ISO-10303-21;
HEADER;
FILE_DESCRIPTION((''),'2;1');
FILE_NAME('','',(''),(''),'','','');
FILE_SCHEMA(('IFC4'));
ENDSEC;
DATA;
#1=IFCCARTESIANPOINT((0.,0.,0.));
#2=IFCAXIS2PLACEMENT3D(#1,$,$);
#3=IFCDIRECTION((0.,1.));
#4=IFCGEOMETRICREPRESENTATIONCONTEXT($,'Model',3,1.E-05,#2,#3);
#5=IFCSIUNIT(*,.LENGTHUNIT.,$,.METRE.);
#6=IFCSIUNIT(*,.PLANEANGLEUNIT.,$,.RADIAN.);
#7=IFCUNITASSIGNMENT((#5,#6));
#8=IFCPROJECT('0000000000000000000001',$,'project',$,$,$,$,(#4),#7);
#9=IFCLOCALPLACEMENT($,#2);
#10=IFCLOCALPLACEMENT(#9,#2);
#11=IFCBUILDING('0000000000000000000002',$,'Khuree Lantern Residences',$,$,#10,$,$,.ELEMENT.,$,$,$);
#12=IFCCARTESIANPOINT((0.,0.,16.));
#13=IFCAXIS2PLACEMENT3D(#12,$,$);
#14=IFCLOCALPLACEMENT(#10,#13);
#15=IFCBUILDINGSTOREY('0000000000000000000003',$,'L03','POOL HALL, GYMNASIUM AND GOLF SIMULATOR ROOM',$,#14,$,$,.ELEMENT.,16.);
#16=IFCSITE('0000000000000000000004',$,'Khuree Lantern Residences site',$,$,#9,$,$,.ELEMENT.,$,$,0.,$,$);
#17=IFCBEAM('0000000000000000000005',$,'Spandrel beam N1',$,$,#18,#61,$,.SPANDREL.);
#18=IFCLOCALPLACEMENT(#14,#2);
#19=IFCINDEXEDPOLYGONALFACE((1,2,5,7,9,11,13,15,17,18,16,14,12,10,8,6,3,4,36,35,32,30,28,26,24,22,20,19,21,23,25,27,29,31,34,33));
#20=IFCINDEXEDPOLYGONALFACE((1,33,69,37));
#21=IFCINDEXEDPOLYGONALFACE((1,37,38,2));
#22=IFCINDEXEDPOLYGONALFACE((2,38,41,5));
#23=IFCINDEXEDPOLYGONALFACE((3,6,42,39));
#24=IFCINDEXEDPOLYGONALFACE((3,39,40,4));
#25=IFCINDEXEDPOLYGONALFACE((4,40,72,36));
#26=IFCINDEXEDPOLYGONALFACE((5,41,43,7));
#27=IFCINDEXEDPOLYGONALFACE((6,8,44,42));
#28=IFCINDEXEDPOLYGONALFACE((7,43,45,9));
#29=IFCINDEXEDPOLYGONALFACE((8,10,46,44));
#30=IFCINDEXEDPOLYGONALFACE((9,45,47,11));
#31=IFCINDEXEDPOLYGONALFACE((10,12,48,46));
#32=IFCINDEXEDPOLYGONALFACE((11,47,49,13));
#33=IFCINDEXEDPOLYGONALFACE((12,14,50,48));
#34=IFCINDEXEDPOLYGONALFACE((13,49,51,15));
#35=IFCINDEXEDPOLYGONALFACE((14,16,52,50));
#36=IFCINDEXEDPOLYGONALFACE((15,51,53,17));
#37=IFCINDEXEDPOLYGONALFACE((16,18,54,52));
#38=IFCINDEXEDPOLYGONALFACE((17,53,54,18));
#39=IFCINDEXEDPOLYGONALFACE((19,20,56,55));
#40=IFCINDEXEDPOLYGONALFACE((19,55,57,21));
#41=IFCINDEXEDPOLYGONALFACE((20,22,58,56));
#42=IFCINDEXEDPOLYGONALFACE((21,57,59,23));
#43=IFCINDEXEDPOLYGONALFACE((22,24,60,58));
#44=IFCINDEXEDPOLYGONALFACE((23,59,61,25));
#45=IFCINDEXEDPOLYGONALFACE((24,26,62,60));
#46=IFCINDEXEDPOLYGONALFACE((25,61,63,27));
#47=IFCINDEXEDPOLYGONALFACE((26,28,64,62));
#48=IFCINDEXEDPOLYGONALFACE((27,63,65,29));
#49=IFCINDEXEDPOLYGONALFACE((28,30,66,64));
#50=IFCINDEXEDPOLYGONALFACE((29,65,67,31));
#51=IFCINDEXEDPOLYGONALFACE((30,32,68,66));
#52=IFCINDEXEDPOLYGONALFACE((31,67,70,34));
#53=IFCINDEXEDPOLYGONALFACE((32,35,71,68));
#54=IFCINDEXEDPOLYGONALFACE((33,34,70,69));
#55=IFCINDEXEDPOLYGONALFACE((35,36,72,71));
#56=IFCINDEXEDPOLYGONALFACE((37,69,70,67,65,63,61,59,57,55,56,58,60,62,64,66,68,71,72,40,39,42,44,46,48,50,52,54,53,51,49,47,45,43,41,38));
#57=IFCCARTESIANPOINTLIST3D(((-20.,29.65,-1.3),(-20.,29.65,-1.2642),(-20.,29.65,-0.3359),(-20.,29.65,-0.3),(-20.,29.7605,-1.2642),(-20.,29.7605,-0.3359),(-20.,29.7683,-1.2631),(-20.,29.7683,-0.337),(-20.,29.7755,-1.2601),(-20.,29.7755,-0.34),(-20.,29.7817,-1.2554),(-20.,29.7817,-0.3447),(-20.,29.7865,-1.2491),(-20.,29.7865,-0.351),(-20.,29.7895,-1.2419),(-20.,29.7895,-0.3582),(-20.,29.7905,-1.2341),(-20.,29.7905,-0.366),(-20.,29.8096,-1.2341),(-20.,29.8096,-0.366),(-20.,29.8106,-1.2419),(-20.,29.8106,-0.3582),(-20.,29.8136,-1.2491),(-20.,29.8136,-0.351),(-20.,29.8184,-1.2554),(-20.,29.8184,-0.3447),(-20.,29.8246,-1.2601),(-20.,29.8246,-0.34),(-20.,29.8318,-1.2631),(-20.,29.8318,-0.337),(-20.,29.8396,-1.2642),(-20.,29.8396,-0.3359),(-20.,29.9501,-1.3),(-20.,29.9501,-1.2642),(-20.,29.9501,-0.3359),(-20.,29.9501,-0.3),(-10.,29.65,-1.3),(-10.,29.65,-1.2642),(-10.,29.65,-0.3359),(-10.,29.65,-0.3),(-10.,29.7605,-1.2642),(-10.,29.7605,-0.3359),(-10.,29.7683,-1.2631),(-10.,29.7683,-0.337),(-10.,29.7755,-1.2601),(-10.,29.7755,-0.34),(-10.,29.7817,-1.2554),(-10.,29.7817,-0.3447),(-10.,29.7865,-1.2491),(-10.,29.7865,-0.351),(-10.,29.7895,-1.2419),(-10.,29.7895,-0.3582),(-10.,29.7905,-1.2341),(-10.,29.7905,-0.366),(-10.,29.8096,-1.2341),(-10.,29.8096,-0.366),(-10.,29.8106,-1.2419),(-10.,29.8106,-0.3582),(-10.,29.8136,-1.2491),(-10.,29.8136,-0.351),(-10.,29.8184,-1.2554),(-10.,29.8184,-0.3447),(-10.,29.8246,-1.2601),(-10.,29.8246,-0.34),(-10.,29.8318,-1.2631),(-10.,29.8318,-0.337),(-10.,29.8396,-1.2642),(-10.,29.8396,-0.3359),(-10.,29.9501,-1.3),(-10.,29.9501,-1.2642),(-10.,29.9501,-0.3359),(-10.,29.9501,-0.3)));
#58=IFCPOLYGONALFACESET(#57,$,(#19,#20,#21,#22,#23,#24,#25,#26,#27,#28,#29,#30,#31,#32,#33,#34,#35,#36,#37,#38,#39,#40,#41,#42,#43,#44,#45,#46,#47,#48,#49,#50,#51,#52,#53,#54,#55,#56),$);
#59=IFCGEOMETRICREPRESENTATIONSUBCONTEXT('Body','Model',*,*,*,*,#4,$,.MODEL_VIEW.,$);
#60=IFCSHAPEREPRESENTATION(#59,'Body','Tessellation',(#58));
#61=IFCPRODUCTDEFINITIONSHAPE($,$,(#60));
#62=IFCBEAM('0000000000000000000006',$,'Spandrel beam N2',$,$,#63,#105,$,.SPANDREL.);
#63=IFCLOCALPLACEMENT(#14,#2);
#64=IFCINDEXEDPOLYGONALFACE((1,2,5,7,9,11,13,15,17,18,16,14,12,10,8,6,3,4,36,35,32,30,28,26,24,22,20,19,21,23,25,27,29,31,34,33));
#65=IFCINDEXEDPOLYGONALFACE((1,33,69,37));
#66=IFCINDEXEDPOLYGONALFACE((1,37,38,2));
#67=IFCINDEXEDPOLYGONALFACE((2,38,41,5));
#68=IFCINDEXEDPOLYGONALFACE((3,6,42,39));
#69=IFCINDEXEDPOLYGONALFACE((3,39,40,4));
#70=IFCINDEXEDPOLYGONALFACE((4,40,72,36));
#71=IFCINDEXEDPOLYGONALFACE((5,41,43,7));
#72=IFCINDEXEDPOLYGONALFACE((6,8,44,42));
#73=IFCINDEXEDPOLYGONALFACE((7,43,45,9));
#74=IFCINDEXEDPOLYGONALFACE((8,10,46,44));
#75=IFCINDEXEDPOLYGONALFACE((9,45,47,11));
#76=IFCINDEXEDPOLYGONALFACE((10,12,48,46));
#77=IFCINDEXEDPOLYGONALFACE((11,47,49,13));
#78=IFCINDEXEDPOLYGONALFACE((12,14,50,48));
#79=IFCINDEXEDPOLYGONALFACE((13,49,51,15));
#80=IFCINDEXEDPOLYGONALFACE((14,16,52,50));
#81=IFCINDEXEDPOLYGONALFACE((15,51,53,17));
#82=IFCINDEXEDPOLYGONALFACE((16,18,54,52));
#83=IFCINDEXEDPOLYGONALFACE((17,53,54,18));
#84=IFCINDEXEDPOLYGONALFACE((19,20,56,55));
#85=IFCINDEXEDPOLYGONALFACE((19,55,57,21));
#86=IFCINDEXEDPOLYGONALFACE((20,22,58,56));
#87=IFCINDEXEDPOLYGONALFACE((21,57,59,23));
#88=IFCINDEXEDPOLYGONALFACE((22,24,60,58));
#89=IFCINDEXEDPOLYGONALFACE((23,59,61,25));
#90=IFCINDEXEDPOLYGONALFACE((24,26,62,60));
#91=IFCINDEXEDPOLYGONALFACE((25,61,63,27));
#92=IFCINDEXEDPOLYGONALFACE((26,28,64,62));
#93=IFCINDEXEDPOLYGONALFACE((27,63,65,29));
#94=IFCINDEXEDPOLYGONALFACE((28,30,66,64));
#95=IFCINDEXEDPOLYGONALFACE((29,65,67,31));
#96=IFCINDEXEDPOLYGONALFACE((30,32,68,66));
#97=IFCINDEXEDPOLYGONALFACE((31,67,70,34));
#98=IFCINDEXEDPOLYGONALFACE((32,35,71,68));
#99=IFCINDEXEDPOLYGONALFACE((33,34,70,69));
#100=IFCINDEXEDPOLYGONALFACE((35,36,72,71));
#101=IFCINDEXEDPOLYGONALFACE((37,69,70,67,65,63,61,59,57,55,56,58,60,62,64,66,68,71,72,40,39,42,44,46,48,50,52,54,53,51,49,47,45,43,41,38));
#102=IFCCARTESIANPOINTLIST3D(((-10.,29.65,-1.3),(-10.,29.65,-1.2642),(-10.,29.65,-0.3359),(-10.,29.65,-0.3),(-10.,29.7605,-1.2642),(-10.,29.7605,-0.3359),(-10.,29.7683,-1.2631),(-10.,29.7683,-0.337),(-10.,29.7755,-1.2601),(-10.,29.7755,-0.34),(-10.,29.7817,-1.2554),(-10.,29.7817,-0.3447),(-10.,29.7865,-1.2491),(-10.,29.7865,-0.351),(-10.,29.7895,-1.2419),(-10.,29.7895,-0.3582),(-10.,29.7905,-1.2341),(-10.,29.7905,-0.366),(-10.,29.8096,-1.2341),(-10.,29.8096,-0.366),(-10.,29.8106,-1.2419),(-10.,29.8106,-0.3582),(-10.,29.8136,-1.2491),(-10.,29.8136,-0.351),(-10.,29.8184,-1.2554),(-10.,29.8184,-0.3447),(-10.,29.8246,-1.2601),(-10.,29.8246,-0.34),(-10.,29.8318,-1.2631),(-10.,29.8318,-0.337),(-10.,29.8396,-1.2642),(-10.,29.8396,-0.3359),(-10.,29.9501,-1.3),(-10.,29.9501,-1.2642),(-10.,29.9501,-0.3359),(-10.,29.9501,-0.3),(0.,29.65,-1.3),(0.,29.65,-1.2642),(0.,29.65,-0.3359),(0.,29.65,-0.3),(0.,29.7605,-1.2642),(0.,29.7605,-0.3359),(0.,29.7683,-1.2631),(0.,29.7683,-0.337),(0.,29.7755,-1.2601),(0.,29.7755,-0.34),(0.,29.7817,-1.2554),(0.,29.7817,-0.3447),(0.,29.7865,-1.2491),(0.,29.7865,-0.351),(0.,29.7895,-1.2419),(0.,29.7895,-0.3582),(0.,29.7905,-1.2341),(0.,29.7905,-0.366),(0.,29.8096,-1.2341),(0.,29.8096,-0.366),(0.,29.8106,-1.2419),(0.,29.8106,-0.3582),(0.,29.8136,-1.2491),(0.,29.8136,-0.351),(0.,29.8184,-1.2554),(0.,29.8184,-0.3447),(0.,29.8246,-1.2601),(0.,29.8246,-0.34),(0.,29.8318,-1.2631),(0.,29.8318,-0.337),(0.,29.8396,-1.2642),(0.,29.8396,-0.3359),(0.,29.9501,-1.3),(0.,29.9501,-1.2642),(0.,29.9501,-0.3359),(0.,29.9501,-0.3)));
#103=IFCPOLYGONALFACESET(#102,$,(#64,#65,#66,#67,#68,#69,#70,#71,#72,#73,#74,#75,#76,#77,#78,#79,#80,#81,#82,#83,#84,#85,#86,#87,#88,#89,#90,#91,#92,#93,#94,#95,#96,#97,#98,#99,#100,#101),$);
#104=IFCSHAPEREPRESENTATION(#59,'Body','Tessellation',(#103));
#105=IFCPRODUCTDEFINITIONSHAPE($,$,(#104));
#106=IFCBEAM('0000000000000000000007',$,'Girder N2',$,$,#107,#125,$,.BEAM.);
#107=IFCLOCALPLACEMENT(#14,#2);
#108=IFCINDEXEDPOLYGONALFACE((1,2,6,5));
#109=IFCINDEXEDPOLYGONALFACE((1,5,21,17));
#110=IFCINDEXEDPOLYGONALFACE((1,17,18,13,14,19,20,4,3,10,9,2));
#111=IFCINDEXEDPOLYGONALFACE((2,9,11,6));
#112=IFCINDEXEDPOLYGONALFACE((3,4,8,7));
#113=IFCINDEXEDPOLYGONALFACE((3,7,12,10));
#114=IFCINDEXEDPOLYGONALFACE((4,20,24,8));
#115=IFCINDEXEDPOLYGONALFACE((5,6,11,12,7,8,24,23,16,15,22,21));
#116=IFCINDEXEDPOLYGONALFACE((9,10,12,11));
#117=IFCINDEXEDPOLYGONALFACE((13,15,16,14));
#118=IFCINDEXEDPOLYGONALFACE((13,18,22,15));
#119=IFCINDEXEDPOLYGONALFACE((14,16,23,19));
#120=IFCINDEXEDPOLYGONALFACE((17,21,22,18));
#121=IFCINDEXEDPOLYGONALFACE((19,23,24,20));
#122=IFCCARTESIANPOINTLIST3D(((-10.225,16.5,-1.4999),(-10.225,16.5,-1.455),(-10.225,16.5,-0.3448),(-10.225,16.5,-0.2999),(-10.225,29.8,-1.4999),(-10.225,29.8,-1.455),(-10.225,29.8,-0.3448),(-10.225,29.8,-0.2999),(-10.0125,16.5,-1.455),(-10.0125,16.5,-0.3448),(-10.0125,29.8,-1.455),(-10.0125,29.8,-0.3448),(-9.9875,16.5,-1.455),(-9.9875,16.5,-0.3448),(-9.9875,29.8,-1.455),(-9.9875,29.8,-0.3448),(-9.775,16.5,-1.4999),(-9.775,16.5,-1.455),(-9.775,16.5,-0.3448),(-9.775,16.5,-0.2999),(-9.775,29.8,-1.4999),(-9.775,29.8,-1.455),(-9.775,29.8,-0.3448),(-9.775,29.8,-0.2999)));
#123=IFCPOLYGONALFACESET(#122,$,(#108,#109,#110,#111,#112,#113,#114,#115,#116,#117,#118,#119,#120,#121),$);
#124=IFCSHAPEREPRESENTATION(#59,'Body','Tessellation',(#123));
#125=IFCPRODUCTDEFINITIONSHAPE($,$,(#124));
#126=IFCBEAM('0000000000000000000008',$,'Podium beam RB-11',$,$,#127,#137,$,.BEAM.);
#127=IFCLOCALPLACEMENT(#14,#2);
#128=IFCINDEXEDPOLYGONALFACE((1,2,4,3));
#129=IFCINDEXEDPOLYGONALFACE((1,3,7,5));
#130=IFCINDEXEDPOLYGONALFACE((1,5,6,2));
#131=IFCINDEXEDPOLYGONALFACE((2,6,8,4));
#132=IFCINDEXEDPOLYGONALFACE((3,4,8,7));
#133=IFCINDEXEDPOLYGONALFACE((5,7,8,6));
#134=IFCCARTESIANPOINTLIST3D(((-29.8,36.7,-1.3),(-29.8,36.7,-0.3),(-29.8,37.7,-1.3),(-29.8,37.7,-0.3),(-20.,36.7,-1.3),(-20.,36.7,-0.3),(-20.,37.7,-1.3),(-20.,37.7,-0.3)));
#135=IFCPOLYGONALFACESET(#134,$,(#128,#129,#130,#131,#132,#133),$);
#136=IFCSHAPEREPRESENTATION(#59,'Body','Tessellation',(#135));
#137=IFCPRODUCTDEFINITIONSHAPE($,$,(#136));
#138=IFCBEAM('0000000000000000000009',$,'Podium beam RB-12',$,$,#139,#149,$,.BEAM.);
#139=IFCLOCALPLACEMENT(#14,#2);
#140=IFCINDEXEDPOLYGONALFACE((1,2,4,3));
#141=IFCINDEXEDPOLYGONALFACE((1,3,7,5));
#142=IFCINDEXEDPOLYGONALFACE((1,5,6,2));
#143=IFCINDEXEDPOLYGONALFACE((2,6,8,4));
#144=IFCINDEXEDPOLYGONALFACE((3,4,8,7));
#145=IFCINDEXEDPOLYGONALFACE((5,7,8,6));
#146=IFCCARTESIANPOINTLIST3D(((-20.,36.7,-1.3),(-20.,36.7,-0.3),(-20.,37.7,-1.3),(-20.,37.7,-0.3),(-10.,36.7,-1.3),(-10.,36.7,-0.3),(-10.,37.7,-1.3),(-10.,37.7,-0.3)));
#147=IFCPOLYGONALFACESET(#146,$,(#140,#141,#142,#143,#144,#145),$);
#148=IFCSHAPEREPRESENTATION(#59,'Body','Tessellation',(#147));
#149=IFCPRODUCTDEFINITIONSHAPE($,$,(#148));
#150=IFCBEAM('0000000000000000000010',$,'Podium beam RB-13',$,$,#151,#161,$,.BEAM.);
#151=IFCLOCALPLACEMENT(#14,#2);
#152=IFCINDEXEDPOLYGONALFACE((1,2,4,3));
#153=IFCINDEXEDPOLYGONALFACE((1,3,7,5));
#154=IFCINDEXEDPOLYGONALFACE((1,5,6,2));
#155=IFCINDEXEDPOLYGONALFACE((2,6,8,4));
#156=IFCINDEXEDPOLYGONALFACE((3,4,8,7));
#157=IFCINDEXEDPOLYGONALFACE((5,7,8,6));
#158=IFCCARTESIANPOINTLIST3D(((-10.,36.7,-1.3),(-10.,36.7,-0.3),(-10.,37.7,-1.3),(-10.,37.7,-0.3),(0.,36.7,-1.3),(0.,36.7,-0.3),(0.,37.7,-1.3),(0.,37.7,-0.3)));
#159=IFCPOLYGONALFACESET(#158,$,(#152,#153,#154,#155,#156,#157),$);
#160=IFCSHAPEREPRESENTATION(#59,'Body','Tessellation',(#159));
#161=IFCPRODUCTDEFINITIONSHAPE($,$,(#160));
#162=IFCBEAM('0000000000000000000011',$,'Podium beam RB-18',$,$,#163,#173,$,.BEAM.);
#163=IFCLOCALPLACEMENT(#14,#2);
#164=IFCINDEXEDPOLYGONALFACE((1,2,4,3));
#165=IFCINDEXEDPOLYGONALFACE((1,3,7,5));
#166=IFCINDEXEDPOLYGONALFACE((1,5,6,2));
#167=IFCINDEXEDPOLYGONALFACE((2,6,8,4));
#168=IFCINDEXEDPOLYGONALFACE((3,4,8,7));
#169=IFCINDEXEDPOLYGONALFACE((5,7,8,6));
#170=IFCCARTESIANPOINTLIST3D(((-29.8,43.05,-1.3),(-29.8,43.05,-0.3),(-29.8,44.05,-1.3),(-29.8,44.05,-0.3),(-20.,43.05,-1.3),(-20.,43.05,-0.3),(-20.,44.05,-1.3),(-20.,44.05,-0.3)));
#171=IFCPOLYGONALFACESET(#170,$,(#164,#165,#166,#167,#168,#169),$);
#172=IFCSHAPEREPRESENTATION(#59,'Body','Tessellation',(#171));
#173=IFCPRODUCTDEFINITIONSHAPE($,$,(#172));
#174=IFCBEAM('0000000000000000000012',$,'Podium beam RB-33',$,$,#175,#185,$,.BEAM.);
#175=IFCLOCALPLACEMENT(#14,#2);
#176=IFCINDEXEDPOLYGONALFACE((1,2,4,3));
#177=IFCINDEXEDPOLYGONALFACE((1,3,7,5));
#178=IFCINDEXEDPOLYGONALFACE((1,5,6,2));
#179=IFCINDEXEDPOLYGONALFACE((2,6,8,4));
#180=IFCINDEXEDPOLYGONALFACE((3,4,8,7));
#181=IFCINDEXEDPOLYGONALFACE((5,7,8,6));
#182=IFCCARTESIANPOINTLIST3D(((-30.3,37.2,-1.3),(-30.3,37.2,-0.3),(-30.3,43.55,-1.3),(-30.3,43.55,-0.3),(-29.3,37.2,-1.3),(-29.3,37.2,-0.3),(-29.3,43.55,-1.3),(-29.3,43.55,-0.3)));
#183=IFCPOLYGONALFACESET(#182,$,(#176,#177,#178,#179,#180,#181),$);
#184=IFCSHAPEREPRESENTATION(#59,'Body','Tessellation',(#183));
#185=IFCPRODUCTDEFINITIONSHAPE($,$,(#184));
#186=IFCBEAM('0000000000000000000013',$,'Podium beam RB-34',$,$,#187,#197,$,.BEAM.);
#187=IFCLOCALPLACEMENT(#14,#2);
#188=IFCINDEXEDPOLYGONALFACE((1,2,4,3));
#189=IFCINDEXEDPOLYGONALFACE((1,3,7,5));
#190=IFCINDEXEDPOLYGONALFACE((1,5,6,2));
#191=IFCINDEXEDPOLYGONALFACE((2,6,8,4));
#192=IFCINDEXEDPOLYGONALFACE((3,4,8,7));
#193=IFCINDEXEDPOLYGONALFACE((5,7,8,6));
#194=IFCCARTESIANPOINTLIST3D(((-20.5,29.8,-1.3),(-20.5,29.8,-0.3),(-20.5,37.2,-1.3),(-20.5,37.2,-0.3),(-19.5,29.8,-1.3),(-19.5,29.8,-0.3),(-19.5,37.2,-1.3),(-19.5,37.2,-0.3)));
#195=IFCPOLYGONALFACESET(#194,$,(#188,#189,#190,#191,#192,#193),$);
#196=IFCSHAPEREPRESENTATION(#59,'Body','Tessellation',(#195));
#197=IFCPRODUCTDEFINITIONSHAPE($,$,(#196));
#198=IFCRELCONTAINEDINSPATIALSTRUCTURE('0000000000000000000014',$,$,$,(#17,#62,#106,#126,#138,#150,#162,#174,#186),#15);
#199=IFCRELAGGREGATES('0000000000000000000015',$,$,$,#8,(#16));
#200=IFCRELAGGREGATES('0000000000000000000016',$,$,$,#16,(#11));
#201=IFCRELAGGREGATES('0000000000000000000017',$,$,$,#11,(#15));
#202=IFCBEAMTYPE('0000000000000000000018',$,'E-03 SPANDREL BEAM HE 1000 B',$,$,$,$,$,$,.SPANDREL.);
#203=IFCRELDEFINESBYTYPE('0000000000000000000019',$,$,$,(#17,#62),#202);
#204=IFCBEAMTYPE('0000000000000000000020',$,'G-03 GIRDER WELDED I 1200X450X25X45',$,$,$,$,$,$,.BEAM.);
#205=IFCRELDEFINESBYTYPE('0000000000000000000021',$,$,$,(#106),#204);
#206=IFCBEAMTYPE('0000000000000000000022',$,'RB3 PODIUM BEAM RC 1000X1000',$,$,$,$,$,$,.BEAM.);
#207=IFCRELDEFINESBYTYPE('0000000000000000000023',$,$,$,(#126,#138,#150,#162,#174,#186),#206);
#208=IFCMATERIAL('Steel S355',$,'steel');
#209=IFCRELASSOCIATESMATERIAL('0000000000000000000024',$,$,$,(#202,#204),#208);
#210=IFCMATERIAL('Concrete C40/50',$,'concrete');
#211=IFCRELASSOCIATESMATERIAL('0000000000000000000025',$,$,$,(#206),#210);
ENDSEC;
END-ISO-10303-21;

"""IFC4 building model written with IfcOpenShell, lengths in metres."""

from ifc_helpers import new_model, si_unit, direction, frame, origin, origin_2d, place, context, subcontext, project, spatial, rectangle, i_section, extrude, material, material_profile, profile_set, type_object, element, save


model = new_model("IFC4")

# Units and contexts
model_context = context("Model", 3, precision=1e-05, world=origin(), true_north=direction((0.0, 1.0)))
body_context = subcontext(model_context, "Body", "Model", "MODEL_VIEW")
ifc_project = project(units=[si_unit("LENGTHUNIT", "METRE"), si_unit("PLANEANGLEUNIT", "RADIAN")], contexts=[model_context])

# Site, building, storey
site_placement = place(None, origin())
site = spatial("IfcSite", under=ifc_project, at=site_placement, Name="Khuree Lantern Residences site", CompositionType="ELEMENT", RefElevation=0.0)
building_placement = place(site_placement, origin())
building = spatial("IfcBuilding", under=site, at=building_placement, Name="Khuree Lantern Residences", CompositionType="ELEMENT")
storey_placement = place(building_placement, frame((0.0, 0.0, 16.0)))
storey = spatial("IfcBuildingStorey", under=building, at=storey_placement, Name="L03", Description="POOL HALL, GYMNASIUM AND GOLF SIMULATOR ROOM", CompositionType="ELEMENT", Elevation=16.0)

# Beams
ifc_material_1 = material(Name="Steel S355", Category="steel")
ifc_material_profile_1 = material_profile(ifc_material_1, i_section(OverallWidth=0.3, OverallDepth=1.0, WebThickness=0.019, FlangeThickness=0.0359, FilletRadius=0.03, at=origin_2d()), Name="HE 1000 B")
ifc_profile_set_1 = profile_set([ifc_material_profile_1], Name="Steel S355")
beam_type_1 = type_object("IfcBeamType", Name="E-03 SPANDREL BEAM HE 1000 B", PredefinedType="SPANDREL", material=ifc_profile_set_1)
for number, where, z_axis, x_axis, name in (
    (1, (-20.0, 29.8, -0.8), (1.0, 0.0, 0.0), (0.0, 1.0, 0.0), "Spandrel beam N1"),
    (2, (-10.0, 29.8, -0.8), (1.0, 0.0, 0.0), (0.0, 1.0, 0.0), "Spandrel beam N2"),
):
    element("IfcBeam", number, at=place(storey_placement, frame(where, z_axis=z_axis, x_axis=x_axis)), inside=storey, type_object=beam_type_1, Name=name, PredefinedType="SPANDREL", context=body_context, shape_type="SweptSolid", body=[
        extrude(i_section(OverallWidth=0.3, OverallDepth=1.0, WebThickness=0.019, FlangeThickness=0.0359, FilletRadius=0.03, at=origin_2d()), origin(), (0.0, 0.0, 1.0), 10.0),
    ])
ifc_material_profile_2 = material_profile(ifc_material_1, i_section(OverallWidth=0.45, OverallDepth=1.2, WebThickness=0.0249, FlangeThickness=0.0449, at=origin_2d()), Name="WELDED I 1200X450X25X45")
ifc_profile_set_2 = profile_set([ifc_material_profile_2], Name="Steel S355")
beam_type_2 = type_object("IfcBeamType", Name="G-03 GIRDER WELDED I 1200X450X25X45", PredefinedType="BEAM", material=ifc_profile_set_2)
beam_1_placement = place(storey_placement, frame((-10.0, 29.8, -0.8999), z_axis=(0.0, -1.0, 0.0), x_axis=(1.0, 0.0, 0.0)))
element("IfcBeam", 3, at=beam_1_placement, inside=storey, type_object=beam_type_2, Name="Girder N2", PredefinedType="BEAM", context=body_context, shape_type="SweptSolid", body=[
    extrude(i_section(OverallWidth=0.45, OverallDepth=1.2, WebThickness=0.0249, FlangeThickness=0.0449, at=origin_2d()), origin(), (0.0, 0.0, 1.0), 13.3),
])
ifc_material_2 = material(Name="Concrete C40/50", Category="concrete")
ifc_material_profile_3 = material_profile(ifc_material_2, rectangle(XDim=1.0, YDim=1.0, at=origin_2d()), Name="RC 1000X1000")
ifc_profile_set_3 = profile_set([ifc_material_profile_3], Name="Concrete C40/50")
beam_type_3 = type_object("IfcBeamType", Name="RB3 PODIUM BEAM RC 1000X1000", PredefinedType="BEAM", material=ifc_profile_set_3)
beam_2_placement = place(storey_placement, frame((-29.8, 37.2, -0.8), z_axis=(1.0, 0.0, 0.0), x_axis=(0.0, 1.0, 0.0)))
element("IfcBeam", 4, at=beam_2_placement, inside=storey, type_object=beam_type_3, Name="Podium beam RB-11", PredefinedType="BEAM", context=body_context, shape_type="SweptSolid", body=[
    extrude(rectangle(XDim=1.0, YDim=1.0, at=origin_2d()), origin(), (0.0, 0.0, 1.0), 9.8),
])
for number, where, z_axis, x_axis, name in (
    (5, (-20.0, 37.2, -0.8), (1.0, 0.0, 0.0), (0.0, 1.0, 0.0), "Podium beam RB-12"),
    (6, (-10.0, 37.2, -0.8), (1.0, 0.0, 0.0), (0.0, 1.0, 0.0), "Podium beam RB-13"),
):
    element("IfcBeam", number, at=place(storey_placement, frame(where, z_axis=z_axis, x_axis=x_axis)), inside=storey, type_object=beam_type_3, Name=name, PredefinedType="BEAM", context=body_context, shape_type="SweptSolid", body=[
        extrude(rectangle(XDim=1.0, YDim=1.0, at=origin_2d()), origin(), (0.0, 0.0, 1.0), 10.0),
    ])
beam_3_placement = place(storey_placement, frame((-29.8, 43.55, -0.8), z_axis=(1.0, 0.0, 0.0), x_axis=(0.0, 1.0, 0.0)))
element("IfcBeam", 7, at=beam_3_placement, inside=storey, type_object=beam_type_3, Name="Podium beam RB-18", PredefinedType="BEAM", context=body_context, shape_type="SweptSolid", body=[
    extrude(rectangle(XDim=1.0, YDim=1.0, at=origin_2d()), origin(), (0.0, 0.0, 1.0), 9.8),
])
beam_4_placement = place(storey_placement, frame((-29.8, 37.2, -0.8), z_axis=(0.0, 1.0, 0.0), x_axis=(-1.0, 0.0, 0.0)))
element("IfcBeam", 8, at=beam_4_placement, inside=storey, type_object=beam_type_3, Name="Podium beam RB-33", PredefinedType="BEAM", context=body_context, shape_type="SweptSolid", body=[
    extrude(rectangle(XDim=1.0, YDim=1.0, at=origin_2d()), origin(), (0.0, 0.0, 1.0), 6.3501),
])
beam_5_placement = place(storey_placement, frame((-20.0, 29.8, -0.8), z_axis=(0.0, 1.0, 0.0), x_axis=(-1.0, 0.0, 0.0)))
element("IfcBeam", 9, at=beam_5_placement, inside=storey, type_object=beam_type_3, Name="Podium beam RB-34", PredefinedType="BEAM", context=body_context, shape_type="SweptSolid", body=[
    extrude(rectangle(XDim=1.0, YDim=1.0, at=origin_2d()), origin(), (0.0, 0.0, 1.0), 7.3999),
])

save(model, "model.ifc")
